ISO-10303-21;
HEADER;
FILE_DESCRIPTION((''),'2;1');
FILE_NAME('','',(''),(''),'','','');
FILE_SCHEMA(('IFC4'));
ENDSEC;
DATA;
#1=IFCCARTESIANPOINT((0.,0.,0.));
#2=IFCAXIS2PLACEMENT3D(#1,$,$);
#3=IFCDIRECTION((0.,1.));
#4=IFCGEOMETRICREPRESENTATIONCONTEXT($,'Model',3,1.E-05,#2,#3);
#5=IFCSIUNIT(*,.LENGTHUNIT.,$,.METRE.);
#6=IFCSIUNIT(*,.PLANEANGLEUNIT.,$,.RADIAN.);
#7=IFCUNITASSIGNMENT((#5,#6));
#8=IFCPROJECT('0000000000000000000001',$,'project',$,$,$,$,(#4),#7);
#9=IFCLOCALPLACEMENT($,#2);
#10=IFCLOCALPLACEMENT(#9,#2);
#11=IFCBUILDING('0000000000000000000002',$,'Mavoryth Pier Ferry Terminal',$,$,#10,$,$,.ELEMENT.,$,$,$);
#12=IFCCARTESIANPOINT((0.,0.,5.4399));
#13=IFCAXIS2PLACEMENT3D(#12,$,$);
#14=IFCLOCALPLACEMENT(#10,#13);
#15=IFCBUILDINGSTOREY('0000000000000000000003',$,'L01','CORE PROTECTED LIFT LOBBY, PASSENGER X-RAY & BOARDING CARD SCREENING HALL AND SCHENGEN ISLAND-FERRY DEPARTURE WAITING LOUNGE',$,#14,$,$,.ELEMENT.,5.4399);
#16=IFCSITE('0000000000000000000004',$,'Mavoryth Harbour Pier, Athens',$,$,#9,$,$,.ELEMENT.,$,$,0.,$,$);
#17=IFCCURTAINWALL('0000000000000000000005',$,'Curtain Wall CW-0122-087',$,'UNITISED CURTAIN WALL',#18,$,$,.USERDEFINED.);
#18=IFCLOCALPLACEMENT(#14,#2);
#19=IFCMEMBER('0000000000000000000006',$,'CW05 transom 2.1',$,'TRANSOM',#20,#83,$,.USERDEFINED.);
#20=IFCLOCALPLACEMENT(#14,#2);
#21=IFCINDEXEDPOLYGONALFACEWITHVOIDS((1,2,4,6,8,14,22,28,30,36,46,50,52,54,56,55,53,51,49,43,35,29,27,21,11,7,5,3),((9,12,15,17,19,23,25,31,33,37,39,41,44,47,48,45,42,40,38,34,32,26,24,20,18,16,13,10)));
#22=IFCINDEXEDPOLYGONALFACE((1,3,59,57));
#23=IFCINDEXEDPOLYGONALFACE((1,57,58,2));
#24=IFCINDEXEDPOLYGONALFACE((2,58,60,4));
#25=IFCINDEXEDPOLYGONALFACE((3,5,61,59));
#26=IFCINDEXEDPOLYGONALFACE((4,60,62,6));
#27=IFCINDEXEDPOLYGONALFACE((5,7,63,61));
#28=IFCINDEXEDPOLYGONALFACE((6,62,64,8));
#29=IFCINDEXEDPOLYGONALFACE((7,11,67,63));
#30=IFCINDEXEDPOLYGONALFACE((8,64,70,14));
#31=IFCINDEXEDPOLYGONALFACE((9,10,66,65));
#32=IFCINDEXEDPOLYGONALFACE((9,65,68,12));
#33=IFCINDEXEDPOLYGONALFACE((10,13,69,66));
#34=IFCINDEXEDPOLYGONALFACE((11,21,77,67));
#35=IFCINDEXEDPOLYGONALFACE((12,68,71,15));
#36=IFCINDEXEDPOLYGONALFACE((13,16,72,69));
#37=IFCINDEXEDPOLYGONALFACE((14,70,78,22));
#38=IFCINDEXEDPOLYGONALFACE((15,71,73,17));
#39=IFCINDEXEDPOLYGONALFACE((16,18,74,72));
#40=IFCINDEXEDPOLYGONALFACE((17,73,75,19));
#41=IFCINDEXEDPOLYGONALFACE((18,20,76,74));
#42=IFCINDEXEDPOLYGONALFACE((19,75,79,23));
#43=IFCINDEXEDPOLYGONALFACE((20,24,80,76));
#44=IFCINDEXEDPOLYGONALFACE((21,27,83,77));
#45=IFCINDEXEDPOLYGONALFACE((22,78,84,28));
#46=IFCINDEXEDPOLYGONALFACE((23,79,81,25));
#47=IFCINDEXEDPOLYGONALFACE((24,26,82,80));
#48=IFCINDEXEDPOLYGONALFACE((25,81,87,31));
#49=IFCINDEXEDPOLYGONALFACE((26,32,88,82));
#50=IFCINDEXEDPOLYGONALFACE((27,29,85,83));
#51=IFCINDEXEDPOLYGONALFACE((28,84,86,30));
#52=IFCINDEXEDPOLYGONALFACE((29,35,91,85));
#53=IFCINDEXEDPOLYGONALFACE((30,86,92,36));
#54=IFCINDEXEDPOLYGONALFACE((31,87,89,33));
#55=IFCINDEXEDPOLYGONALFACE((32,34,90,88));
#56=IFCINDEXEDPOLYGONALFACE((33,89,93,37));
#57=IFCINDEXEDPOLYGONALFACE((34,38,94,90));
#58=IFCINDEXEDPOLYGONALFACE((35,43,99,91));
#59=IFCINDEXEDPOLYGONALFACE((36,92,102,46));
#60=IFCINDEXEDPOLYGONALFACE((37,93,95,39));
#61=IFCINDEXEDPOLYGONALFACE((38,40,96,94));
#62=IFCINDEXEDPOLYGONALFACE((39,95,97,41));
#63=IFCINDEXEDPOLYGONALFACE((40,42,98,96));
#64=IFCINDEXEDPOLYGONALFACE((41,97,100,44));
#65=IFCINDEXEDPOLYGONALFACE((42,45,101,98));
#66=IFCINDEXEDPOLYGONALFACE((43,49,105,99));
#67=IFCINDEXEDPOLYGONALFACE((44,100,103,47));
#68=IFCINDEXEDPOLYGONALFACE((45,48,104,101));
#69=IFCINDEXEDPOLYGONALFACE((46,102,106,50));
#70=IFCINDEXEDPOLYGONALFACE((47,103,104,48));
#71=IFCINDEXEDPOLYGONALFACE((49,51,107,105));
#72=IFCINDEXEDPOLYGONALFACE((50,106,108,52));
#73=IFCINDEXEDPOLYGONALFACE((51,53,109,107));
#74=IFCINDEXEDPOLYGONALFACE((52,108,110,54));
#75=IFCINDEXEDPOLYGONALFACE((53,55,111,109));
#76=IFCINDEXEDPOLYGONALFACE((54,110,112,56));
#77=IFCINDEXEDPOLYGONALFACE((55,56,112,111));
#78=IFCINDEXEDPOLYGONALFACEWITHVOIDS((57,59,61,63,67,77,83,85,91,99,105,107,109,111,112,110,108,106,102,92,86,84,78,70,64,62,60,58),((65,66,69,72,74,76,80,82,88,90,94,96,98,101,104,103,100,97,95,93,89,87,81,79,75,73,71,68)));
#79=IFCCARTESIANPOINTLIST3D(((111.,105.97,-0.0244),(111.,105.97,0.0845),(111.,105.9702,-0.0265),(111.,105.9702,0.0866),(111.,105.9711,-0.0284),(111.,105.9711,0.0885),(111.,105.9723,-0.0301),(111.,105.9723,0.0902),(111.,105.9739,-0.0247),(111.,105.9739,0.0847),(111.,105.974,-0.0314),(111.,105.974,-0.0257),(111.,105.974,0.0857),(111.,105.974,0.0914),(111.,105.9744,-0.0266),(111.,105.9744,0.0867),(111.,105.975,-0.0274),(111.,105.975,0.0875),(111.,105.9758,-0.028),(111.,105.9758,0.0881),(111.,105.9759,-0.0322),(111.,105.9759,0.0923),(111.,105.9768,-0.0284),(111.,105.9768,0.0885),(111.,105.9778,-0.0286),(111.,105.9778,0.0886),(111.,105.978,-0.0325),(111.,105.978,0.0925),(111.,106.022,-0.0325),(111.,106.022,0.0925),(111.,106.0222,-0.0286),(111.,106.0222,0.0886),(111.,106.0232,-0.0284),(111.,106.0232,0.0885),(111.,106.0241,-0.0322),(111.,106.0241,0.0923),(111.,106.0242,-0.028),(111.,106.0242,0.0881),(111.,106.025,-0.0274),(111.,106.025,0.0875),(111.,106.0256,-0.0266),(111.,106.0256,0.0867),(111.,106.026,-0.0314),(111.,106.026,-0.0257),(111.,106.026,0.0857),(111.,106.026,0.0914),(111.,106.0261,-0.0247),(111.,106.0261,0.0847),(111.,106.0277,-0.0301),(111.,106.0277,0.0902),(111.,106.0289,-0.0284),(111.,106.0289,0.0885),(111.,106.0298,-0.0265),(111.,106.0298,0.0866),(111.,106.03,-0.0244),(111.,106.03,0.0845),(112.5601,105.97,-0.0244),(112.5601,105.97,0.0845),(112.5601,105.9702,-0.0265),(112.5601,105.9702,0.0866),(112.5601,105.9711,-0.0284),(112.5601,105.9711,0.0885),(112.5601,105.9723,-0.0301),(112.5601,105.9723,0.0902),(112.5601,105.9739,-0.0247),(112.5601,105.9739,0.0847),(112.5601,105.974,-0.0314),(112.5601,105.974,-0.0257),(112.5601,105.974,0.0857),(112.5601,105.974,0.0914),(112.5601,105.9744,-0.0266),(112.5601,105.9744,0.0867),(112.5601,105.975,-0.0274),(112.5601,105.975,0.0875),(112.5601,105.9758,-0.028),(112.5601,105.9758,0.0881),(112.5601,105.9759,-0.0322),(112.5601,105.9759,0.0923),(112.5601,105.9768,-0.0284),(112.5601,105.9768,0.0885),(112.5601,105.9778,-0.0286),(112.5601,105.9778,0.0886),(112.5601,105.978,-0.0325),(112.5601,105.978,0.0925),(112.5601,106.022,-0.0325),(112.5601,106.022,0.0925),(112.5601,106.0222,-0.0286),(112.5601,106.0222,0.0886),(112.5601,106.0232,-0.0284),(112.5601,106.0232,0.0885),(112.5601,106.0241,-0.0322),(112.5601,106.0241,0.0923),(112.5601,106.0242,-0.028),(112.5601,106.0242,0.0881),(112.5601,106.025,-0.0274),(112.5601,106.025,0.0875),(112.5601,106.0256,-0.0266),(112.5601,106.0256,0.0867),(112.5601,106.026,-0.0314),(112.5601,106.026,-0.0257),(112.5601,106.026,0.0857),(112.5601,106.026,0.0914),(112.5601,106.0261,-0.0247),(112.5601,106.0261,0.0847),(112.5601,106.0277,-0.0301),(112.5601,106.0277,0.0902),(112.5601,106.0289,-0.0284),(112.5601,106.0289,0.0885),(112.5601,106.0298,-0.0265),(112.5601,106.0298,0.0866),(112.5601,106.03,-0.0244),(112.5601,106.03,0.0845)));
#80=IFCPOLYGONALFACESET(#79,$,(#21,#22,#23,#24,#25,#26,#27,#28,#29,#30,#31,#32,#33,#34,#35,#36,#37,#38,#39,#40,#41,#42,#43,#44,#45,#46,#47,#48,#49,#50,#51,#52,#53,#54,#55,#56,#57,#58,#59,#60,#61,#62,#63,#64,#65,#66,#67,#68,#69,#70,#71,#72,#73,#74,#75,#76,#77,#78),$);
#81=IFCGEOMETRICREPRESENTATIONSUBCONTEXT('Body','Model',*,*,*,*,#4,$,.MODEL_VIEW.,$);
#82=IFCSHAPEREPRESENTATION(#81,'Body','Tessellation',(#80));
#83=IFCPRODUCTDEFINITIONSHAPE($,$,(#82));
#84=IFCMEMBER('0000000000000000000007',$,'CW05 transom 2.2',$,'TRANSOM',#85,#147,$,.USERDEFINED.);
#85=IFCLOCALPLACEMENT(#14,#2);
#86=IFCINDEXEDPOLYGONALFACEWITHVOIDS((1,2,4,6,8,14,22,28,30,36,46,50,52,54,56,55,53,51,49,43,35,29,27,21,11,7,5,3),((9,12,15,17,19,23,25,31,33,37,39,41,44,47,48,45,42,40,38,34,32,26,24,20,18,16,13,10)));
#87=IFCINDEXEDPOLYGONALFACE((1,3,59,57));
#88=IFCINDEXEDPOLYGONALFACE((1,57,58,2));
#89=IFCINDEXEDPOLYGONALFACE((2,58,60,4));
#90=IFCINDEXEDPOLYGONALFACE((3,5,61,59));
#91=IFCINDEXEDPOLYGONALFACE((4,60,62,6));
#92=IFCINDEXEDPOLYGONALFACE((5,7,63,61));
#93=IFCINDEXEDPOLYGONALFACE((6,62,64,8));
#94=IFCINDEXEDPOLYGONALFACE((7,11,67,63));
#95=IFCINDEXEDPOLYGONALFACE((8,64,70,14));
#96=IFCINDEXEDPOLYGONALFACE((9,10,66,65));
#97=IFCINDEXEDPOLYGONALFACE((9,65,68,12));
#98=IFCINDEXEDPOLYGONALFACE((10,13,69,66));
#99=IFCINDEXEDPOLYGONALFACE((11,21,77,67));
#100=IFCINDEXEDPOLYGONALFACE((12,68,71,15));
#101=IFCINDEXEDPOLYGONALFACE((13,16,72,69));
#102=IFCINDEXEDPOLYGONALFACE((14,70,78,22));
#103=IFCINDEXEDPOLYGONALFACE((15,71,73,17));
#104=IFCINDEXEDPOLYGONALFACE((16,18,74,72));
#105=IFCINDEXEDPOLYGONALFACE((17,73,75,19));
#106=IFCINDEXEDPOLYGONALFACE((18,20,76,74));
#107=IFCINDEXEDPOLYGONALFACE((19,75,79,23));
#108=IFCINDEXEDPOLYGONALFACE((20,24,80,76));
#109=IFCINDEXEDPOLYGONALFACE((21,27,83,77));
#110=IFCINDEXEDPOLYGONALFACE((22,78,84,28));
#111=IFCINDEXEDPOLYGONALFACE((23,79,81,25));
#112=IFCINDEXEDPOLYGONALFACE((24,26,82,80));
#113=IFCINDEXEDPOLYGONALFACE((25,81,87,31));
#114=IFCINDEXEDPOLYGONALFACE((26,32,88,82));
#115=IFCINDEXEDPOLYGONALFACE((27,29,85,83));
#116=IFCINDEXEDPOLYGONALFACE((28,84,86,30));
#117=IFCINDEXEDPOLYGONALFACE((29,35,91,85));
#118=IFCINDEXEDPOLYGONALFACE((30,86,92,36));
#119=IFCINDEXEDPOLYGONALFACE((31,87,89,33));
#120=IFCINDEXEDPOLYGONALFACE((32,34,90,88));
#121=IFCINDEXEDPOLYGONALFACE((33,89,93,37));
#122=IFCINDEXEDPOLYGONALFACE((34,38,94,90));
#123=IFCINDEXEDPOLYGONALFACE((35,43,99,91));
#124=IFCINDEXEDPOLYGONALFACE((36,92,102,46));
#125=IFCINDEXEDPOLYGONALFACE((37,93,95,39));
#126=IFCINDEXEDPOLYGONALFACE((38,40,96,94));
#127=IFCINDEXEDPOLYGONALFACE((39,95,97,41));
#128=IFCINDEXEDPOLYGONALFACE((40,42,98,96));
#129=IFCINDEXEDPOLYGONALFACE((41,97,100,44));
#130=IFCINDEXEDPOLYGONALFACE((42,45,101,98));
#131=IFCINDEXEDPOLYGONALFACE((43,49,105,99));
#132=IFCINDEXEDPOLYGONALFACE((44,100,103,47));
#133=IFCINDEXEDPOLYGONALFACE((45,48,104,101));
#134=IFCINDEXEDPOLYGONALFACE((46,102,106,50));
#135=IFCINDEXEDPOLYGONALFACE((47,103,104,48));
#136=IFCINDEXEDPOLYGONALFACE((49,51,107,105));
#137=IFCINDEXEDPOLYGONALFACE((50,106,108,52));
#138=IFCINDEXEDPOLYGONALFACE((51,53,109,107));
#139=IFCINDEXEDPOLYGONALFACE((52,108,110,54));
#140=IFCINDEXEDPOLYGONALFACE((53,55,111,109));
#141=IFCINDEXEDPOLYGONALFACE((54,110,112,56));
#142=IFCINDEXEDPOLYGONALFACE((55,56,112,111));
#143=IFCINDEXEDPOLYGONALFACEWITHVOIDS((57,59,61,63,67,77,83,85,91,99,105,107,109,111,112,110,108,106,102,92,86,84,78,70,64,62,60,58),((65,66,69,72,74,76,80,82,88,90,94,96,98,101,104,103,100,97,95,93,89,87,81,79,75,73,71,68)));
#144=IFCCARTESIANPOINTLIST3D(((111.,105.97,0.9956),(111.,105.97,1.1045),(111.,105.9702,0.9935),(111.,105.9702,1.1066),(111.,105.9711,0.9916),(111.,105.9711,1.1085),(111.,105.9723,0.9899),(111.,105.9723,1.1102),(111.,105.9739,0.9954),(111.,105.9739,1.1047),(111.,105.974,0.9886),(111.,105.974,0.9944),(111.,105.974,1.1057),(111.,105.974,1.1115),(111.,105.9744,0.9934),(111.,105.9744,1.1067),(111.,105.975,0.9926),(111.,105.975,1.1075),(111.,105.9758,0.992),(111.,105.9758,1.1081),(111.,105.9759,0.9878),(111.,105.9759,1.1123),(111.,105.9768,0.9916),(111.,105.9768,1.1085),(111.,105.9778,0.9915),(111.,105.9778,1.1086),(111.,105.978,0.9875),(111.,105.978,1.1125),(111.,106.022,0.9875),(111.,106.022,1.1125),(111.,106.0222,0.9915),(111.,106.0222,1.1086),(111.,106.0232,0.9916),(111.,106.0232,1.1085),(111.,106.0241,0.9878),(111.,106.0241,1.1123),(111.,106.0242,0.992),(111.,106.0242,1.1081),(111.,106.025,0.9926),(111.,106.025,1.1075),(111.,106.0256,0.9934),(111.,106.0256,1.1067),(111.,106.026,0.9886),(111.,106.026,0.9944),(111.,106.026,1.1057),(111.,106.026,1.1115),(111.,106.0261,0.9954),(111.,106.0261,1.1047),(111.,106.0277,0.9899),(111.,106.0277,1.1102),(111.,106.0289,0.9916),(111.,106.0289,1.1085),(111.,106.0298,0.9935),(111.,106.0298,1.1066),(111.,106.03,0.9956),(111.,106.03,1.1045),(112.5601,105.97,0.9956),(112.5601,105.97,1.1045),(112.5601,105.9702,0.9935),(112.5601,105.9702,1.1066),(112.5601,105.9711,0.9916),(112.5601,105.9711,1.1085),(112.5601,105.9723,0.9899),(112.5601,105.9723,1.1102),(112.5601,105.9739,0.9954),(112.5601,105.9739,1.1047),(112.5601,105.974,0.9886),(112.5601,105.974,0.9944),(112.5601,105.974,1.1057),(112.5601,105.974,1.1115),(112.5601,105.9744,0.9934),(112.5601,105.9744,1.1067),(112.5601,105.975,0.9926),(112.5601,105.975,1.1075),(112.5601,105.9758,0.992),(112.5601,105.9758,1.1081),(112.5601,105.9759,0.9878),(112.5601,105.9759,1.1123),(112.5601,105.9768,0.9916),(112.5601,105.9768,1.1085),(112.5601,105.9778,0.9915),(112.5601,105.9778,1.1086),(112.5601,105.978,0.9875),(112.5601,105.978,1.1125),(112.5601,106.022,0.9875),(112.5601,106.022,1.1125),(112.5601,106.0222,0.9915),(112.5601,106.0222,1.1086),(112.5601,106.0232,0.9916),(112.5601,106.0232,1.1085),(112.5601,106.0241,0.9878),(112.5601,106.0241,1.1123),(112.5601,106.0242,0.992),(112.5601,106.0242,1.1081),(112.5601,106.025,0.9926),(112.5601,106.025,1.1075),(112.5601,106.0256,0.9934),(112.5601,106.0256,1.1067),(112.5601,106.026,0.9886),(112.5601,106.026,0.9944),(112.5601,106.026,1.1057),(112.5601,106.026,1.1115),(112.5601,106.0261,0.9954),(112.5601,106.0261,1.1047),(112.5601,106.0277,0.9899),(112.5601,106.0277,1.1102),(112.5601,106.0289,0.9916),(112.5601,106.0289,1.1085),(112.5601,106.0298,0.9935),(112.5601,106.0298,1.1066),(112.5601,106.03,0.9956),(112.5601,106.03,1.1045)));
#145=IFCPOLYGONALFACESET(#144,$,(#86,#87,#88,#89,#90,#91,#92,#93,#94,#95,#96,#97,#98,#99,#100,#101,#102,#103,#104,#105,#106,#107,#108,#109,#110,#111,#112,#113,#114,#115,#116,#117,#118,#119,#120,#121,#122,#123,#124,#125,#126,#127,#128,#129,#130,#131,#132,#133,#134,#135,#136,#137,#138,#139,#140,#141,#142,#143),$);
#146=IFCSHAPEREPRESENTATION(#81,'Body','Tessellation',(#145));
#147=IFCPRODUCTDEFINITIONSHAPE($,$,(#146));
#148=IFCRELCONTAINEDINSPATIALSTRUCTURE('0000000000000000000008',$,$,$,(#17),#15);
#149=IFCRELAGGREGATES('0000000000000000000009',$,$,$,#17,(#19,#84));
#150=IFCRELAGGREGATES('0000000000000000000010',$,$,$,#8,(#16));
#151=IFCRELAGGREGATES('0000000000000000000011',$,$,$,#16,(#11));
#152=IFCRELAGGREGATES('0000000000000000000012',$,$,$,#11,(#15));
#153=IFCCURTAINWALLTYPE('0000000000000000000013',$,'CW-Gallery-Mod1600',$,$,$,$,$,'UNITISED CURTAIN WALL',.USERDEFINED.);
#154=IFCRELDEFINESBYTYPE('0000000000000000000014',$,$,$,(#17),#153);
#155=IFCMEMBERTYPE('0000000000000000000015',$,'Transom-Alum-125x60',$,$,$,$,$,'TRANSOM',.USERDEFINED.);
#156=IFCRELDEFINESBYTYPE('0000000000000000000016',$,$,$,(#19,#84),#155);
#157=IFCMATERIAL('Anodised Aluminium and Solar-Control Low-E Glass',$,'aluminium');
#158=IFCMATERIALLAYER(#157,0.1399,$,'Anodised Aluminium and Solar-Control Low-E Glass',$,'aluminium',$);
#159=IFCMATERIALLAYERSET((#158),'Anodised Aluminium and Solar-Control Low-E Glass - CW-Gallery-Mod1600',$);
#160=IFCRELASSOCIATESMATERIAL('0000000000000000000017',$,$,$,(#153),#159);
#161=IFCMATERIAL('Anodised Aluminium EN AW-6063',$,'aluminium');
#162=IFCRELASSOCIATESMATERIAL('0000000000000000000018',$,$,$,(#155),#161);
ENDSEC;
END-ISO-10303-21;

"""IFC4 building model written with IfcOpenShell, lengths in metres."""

from ifc_helpers import new_model, si_unit, direction, frame, origin, origin_2d, place, context, subcontext, project, spatial, hollow_rectangle, extrude, material, layer, layer_set, material_profile, profile_set, type_object, element, aggregate, save


model = new_model("IFC4")

# Units and contexts
model_context = context("Model", 3, precision=1e-05, world=origin(), true_north=direction((0.0, 1.0)))
body_context = subcontext(model_context, "Body", "Model", "MODEL_VIEW")
ifc_project = project(units=[si_unit("LENGTHUNIT", "METRE"), si_unit("PLANEANGLEUNIT", "RADIAN")], contexts=[model_context])

# Site, building, storey
site_placement = place(None, origin())
site = spatial("IfcSite", under=ifc_project, at=site_placement, Name="Mavoryth Harbour Pier, Athens", CompositionType="ELEMENT", RefElevation=0.0)
building_placement = place(site_placement, origin())
building = spatial("IfcBuilding", under=site, at=building_placement, Name="Mavoryth Pier Ferry Terminal", CompositionType="ELEMENT")
storey_placement = place(building_placement, frame((0.0, 0.0, 5.4399)))
storey = spatial("IfcBuildingStorey", under=building, at=storey_placement, Name="L01", Description="CORE PROTECTED LIFT LOBBY, PASSENGER X-RAY & BOARDING CARD SCREENING HALL AND SCHENGEN ISLAND-FERRY DEPARTURE WAITING LOUNGE", CompositionType="ELEMENT", Elevation=5.4399)

# Curtain wall
ifc_material_1 = material(Name="Anodised Aluminium and Solar-Control Low-E Glass", Category="aluminium")
ifc_layer_1 = layer(ifc_material_1, 0.1399, Name="Anodised Aluminium and Solar-Control Low-E Glass", Category="aluminium")
ifc_layer_set_1 = layer_set([ifc_layer_1], Name="Anodised Aluminium and Solar-Control Low-E Glass - CW-Gallery-Mod1600")
curtain_wall_type = type_object("IfcCurtainWallType", Name="CW-Gallery-Mod1600", ElementType="UNITISED CURTAIN WALL", PredefinedType="USERDEFINED", material=ifc_layer_set_1)
ifc_material_2 = material(Name="Anodised Aluminium EN AW-6063", Category="aluminium")
curtain_wall_1_placement = place(storey_placement, origin())
curtain_wall_1 = element("IfcCurtainWall", 1, at=curtain_wall_1_placement, inside=storey, type_object=curtain_wall_type, Name="Curtain Wall CW-0122-087", ObjectType="UNITISED CURTAIN WALL", PredefinedType="USERDEFINED")

# Members
ifc_material_profile_1 = material_profile(ifc_material_2, hollow_rectangle(XDim=0.0601, YDim=0.125, WallThickness=0.0039, InnerFilletRadius=0.0039, OuterFilletRadius=0.0081, at=origin_2d()), Name="AL-TRAN 125x60x4", Category="aluminium")
ifc_profile_set_1 = profile_set([ifc_material_profile_1], Name="Anodised Aluminium EN AW-6063 - AL-TRAN 125x60x4")
member_type_1 = type_object("IfcMemberType", Name="Transom-Alum-125x60", ElementType="TRANSOM", PredefinedType="USERDEFINED", material=ifc_profile_set_1)
member_1_placement = place(storey_placement, frame((111.0, 106.0, 0.03), z_axis=(1.0, 0.0, 0.0), x_axis=(0.0, 1.0, 0.0)))
member_1 = element("IfcMember", 2, at=member_1_placement, type_object=member_type_1, Name="CW05 transom 2.1", ObjectType="TRANSOM", PredefinedType="USERDEFINED", context=body_context, shape_type="SweptSolid", body=[
    extrude(hollow_rectangle(XDim=0.0601, YDim=0.125, WallThickness=0.0039, InnerFilletRadius=0.0039, OuterFilletRadius=0.0081, at=origin_2d()), origin(), (0.0, 0.0, 1.0), 1.5601),
])
member_2_placement = place(storey_placement, frame((111.0, 106.0, 1.05), z_axis=(1.0, 0.0, 0.0), x_axis=(0.0, 1.0, 0.0)))
member_2 = element("IfcMember", 3, at=member_2_placement, type_object=member_type_1, Name="CW05 transom 2.2", ObjectType="TRANSOM", PredefinedType="USERDEFINED", context=body_context, shape_type="SweptSolid", body=[
    extrude(hollow_rectangle(XDim=0.0601, YDim=0.125, WallThickness=0.0039, InnerFilletRadius=0.0039, OuterFilletRadius=0.0081, at=origin_2d()), origin(), (0.0, 0.0, 1.0), 1.5601),
])

aggregate(curtain_wall_1, [member_1, member_2])

save(model, "model.ifc")
